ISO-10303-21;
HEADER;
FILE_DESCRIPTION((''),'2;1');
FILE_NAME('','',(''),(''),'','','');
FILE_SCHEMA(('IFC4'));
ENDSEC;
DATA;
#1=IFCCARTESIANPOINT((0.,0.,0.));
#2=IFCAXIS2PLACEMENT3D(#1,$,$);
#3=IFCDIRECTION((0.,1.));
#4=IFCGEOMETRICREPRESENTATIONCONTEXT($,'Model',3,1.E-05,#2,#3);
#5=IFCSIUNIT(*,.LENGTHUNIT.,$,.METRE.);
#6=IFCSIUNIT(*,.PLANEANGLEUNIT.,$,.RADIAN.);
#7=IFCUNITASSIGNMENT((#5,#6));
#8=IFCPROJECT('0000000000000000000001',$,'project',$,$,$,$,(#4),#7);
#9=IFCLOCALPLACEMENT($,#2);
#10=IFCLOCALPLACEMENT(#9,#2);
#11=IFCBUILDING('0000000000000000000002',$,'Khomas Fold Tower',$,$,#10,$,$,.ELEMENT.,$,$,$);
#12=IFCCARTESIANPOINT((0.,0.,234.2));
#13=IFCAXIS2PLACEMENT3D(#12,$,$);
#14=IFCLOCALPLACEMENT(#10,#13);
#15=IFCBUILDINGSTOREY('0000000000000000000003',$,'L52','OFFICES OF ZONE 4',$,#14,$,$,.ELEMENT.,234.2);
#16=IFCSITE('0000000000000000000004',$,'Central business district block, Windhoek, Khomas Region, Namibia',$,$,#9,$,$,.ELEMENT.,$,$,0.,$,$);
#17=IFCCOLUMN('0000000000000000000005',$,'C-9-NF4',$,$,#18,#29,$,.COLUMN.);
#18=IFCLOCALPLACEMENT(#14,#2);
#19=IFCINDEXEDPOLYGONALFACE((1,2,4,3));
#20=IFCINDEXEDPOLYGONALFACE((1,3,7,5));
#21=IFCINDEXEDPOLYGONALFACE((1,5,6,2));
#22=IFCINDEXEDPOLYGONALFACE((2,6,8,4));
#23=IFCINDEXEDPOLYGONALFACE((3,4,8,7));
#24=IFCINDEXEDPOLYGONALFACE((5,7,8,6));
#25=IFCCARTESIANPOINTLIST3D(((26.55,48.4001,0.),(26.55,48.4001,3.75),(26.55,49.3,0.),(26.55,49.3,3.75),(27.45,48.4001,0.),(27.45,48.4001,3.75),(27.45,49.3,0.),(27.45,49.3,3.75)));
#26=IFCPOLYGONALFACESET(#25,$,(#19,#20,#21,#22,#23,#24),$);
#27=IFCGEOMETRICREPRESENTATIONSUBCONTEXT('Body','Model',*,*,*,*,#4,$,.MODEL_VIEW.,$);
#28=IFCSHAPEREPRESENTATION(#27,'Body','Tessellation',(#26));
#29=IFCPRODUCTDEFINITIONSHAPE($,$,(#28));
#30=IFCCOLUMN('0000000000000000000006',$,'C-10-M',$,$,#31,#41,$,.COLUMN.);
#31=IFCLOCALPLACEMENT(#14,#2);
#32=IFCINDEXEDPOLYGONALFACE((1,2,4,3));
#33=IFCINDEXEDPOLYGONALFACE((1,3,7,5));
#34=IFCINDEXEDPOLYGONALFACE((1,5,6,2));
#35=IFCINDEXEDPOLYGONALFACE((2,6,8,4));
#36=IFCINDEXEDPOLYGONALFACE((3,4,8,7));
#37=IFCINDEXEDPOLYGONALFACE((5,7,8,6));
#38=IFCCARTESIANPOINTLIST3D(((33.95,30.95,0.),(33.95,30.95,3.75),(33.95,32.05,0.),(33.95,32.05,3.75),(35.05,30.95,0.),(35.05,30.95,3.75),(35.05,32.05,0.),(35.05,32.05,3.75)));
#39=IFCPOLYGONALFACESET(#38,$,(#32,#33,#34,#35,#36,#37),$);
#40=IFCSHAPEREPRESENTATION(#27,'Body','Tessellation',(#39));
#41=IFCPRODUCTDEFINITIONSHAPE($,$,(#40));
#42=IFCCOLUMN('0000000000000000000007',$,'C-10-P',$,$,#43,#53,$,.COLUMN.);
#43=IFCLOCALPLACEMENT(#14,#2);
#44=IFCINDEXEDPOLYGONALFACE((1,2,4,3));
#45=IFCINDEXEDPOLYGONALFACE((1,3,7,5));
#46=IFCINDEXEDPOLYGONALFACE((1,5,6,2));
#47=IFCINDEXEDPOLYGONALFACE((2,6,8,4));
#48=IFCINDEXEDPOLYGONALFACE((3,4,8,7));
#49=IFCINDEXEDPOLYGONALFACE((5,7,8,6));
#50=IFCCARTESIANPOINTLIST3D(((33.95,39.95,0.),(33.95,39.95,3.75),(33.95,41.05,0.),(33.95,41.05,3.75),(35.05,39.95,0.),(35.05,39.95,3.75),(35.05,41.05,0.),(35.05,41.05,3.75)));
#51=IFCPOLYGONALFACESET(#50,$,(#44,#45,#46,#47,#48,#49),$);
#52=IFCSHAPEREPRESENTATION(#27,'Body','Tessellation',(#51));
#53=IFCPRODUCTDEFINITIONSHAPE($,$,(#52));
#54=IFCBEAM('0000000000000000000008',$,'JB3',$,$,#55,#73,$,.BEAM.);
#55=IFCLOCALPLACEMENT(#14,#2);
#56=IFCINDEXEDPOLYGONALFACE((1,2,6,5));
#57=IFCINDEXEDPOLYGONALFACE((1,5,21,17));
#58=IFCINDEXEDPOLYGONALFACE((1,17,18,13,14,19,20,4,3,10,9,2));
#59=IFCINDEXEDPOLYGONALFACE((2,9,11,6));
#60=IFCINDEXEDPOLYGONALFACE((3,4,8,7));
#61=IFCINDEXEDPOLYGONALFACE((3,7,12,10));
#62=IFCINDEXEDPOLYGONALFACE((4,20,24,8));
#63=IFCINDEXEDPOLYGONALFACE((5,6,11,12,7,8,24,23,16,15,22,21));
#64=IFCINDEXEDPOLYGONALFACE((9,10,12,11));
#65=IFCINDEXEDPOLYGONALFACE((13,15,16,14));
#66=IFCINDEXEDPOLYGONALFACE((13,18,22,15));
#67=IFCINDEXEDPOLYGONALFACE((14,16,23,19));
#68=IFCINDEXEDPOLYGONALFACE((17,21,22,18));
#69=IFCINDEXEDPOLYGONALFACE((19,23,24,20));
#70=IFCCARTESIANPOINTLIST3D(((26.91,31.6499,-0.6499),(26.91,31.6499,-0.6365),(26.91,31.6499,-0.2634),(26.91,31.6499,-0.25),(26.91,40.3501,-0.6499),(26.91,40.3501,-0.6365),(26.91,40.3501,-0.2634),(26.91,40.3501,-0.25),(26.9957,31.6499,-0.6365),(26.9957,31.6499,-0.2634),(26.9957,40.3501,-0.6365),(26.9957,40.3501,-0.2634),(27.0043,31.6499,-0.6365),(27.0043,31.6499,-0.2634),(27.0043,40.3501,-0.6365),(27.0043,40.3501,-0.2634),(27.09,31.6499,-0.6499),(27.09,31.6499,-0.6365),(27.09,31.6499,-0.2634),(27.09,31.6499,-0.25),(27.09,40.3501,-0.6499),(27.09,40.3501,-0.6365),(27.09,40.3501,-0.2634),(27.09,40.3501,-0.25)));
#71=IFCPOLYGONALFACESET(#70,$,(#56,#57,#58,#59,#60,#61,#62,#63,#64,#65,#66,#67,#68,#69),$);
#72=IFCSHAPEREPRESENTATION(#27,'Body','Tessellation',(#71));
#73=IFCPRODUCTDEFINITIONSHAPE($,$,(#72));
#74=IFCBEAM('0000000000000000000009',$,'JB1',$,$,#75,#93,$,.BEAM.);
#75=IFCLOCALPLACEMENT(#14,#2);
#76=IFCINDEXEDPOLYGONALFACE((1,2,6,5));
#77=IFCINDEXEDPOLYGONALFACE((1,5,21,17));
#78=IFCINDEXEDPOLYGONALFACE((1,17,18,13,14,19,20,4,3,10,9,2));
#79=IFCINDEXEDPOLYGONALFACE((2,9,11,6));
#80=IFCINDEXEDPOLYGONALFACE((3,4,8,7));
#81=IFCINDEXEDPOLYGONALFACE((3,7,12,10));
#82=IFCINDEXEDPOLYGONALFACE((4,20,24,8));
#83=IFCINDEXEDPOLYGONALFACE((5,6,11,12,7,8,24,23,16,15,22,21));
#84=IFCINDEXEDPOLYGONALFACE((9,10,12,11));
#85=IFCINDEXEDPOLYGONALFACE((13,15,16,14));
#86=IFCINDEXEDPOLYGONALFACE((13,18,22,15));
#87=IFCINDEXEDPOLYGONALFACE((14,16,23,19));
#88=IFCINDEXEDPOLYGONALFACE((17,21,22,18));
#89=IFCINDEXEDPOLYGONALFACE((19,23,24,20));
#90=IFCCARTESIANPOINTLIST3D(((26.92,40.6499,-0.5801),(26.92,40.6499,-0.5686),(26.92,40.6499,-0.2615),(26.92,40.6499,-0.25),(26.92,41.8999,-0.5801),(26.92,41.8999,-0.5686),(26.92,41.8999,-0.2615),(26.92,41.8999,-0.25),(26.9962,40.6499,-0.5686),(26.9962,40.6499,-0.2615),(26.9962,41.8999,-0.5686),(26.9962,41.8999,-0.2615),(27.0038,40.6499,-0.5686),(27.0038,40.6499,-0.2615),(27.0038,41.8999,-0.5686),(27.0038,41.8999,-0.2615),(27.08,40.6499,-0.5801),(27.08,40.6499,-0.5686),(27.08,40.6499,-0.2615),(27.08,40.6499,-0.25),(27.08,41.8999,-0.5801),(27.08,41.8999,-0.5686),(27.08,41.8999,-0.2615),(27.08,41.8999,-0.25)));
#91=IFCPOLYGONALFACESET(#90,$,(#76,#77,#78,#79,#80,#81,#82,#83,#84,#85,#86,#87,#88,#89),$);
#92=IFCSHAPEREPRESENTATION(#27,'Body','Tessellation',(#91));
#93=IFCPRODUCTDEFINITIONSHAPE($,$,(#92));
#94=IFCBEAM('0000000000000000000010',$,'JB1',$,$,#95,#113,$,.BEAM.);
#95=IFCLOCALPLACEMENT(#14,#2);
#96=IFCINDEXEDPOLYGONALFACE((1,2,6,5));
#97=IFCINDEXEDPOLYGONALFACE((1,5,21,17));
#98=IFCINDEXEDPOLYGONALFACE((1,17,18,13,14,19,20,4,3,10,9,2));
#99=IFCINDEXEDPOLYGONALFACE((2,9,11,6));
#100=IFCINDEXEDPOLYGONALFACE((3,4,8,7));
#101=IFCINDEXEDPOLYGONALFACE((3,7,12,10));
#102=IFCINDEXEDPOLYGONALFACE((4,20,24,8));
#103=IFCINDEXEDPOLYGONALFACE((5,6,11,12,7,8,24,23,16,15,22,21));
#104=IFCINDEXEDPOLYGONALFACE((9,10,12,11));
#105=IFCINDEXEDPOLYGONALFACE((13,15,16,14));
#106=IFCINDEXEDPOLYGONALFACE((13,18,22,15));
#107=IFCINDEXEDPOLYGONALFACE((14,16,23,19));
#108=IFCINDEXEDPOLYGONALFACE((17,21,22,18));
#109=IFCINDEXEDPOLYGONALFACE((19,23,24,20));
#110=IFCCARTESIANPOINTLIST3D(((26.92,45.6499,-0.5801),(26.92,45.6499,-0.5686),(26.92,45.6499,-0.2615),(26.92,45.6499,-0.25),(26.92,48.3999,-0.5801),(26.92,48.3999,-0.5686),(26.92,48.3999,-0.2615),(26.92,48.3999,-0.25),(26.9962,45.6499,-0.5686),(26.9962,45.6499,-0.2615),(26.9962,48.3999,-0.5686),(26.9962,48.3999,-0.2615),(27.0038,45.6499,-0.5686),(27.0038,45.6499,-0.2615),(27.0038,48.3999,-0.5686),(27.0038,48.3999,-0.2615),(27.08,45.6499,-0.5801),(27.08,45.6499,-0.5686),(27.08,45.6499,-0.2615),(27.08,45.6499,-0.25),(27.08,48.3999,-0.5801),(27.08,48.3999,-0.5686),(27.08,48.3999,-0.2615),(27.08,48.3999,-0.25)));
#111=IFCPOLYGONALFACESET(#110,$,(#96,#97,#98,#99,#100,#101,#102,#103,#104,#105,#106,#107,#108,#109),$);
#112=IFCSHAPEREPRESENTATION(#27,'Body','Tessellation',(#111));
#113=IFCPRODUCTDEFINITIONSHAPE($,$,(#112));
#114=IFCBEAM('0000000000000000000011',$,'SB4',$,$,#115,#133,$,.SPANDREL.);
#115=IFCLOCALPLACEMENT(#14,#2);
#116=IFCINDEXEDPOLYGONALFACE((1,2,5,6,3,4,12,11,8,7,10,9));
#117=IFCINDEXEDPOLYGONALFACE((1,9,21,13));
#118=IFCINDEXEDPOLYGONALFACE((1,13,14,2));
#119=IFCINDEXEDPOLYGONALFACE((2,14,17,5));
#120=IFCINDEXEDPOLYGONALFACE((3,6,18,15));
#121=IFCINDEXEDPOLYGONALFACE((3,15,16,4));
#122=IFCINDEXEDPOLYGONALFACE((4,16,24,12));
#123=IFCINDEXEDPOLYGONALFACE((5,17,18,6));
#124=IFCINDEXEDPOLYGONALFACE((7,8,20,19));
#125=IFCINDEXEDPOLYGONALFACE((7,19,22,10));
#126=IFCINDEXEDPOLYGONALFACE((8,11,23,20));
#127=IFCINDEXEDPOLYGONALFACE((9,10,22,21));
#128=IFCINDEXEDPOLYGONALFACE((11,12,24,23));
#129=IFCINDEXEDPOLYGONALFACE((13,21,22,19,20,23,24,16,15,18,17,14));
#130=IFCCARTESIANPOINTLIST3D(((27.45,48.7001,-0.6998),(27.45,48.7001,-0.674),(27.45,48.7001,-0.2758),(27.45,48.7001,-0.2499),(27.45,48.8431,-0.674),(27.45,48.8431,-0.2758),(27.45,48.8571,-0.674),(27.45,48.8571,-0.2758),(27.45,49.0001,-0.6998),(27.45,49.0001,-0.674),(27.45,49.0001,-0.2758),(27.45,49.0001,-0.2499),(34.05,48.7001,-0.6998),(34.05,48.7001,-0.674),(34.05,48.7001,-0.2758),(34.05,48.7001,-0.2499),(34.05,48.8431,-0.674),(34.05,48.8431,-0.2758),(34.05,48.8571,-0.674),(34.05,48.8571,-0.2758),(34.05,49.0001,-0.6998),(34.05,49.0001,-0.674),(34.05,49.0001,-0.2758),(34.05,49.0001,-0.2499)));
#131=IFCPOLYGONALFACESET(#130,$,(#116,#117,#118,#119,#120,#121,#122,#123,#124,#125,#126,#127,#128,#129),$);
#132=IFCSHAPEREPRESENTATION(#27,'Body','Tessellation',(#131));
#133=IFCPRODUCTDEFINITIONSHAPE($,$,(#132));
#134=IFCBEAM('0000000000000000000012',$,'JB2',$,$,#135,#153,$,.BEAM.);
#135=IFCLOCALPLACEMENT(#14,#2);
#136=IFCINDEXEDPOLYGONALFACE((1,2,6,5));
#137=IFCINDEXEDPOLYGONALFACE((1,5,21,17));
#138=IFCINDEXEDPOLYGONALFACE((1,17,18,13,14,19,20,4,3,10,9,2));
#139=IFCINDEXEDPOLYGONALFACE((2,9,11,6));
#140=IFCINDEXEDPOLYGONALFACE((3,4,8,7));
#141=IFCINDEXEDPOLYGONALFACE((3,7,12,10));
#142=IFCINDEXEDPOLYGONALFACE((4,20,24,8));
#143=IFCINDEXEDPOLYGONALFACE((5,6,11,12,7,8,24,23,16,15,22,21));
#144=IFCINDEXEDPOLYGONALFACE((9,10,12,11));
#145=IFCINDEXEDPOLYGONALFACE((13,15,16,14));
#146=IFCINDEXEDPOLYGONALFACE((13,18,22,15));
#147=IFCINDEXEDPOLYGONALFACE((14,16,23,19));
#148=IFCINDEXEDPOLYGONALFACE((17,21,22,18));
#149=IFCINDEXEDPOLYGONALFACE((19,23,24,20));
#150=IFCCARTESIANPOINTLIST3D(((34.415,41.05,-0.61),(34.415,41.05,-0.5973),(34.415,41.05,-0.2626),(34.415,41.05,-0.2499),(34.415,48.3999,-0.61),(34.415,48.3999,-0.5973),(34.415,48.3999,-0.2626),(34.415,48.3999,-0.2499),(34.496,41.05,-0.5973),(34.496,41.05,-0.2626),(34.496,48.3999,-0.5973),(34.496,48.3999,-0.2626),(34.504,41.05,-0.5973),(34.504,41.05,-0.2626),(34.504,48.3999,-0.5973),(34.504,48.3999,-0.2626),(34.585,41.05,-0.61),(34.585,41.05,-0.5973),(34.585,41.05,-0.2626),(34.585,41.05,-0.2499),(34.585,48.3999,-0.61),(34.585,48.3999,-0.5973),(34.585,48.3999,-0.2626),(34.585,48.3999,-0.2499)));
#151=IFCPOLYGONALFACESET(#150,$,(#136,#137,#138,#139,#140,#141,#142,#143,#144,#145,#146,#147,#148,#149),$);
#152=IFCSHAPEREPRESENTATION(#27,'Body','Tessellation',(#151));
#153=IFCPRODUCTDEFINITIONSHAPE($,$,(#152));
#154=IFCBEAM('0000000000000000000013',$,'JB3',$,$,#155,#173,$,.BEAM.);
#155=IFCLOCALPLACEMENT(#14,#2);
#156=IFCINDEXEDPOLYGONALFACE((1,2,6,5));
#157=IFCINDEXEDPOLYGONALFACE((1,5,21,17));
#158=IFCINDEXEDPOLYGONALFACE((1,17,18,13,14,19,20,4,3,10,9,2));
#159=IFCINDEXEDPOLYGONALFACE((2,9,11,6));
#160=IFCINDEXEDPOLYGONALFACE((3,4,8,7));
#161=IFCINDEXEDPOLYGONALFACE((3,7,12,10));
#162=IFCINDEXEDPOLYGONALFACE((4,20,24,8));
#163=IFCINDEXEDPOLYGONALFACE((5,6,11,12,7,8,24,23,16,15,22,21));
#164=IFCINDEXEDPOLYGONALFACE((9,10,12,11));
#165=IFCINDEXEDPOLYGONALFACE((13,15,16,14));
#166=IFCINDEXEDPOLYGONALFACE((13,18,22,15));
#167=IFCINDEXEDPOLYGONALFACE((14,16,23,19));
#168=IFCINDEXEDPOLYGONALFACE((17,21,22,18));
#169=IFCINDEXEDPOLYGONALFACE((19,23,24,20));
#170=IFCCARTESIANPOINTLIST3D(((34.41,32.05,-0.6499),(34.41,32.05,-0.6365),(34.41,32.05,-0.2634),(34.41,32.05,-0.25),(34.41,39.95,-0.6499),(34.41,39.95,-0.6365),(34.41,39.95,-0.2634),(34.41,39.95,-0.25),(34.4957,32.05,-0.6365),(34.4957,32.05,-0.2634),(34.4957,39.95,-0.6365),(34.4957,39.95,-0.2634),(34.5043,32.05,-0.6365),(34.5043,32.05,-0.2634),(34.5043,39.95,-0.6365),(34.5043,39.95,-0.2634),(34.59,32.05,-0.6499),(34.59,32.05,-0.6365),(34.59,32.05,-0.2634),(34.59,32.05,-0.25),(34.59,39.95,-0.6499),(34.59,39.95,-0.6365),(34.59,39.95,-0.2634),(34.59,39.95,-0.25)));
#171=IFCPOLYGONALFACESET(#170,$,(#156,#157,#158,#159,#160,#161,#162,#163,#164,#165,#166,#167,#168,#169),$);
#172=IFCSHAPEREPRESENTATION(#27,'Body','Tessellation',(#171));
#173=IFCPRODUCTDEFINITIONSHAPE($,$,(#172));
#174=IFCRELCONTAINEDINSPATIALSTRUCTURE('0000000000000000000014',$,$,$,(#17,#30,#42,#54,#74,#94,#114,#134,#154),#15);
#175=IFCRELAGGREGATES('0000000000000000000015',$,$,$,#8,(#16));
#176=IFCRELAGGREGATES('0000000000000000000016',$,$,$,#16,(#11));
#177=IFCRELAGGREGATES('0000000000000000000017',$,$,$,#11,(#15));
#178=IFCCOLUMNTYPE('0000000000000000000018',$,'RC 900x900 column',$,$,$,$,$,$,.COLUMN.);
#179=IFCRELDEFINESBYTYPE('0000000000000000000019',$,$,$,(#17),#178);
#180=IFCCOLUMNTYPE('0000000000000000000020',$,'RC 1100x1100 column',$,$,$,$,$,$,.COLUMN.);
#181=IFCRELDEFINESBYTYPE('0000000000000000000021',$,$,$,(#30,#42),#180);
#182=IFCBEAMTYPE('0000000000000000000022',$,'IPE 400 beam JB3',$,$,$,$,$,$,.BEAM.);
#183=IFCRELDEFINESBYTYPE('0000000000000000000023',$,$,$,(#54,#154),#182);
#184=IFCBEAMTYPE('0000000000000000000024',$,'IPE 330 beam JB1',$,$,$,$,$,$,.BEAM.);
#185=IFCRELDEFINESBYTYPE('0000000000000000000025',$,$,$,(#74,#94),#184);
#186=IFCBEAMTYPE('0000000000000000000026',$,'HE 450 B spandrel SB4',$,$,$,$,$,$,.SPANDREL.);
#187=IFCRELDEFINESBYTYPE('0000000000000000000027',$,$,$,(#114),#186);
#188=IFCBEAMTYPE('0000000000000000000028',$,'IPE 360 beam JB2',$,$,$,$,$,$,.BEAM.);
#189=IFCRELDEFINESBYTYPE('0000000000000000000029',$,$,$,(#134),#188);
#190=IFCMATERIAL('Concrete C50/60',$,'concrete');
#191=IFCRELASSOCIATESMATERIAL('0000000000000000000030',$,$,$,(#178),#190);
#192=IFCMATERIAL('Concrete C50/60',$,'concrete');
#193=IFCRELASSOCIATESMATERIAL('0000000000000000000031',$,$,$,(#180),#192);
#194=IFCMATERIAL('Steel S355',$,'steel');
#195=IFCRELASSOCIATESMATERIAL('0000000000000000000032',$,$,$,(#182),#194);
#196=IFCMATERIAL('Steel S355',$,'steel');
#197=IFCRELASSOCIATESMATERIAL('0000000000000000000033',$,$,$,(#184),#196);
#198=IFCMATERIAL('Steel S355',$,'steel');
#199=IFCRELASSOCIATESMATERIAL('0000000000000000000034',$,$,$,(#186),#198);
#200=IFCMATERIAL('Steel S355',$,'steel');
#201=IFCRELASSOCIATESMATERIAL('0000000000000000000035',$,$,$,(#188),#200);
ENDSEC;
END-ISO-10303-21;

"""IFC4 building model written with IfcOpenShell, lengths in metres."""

from ifc_helpers import new_model, si_unit, direction, frame, origin, origin_2d, place, context, subcontext, project, spatial, rectangle, i_section, extrude, source, transform, mapped, material, material_profile, profile_set, type_object, element, save


model = new_model("IFC4")

# Units and contexts
model_context = context("Model", 3, precision=1e-05, world=origin(), true_north=direction((0.0, 1.0)))
body_context = subcontext(model_context, "Body", "Model", "MODEL_VIEW")
ifc_project = project(units=[si_unit("LENGTHUNIT", "METRE"), si_unit("PLANEANGLEUNIT", "RADIAN")], contexts=[model_context])

# Site, building, storey
site_placement = place(None, origin())
site = spatial("IfcSite", under=ifc_project, at=site_placement, Name="Central business district block, Windhoek, Khomas Region, Namibia", CompositionType="ELEMENT", RefElevation=0.0)
building_placement = place(site_placement, origin())
building = spatial("IfcBuilding", under=site, at=building_placement, Name="Khomas Fold Tower", CompositionType="ELEMENT")
storey_placement = place(building_placement, frame((0.0, 0.0, 234.2)))
storey = spatial("IfcBuildingStorey", under=building, at=storey_placement, Name="L52", Description="OFFICES OF ZONE 4", CompositionType="ELEMENT", Elevation=234.2)

# Columns
ifc_material_1 = material(Name="Concrete C50/60", Category="concrete")
ifc_material_profile_1 = material_profile(ifc_material_1, rectangle(XDim=0.8999, YDim=0.8999, at=origin_2d()), Name="RC 900x900")
ifc_profile_set_1 = profile_set([ifc_material_profile_1], Name="Concrete C50/60")
column_type_1 = type_object("IfcColumnType", Name="RC 900x900 column", PredefinedType="COLUMN", material=ifc_profile_set_1)
shared_shape_1 = source(origin(), body_context, "Body", "SweptSolid", [
    extrude(rectangle(XDim=0.8999, YDim=0.8999, at=origin_2d()), origin(), (0.0, 0.0, 1.0), 3.75),
])
column_placement = place(storey_placement, frame((27.0, 48.8501, 0.0), z_axis=(0.0, 0.0, 1.0), x_axis=(1.0, 0.0, 0.0)))
element("IfcColumn", 1, at=column_placement, inside=storey, type_object=column_type_1, Name="C-9-NF4", PredefinedType="COLUMN", context=body_context, shape_type="MappedRepresentation", body=[
    mapped(shared_shape_1, transform((0.0, 0.0, 0.0))),
])
ifc_material_2 = material(Name="Concrete C50/60", Category="concrete")
ifc_material_profile_2 = material_profile(ifc_material_2, rectangle(XDim=1.1001, YDim=1.1001, at=origin_2d()), Name="RC 1100x1100")
ifc_profile_set_2 = profile_set([ifc_material_profile_2], Name="Concrete C50/60")
column_type_2 = type_object("IfcColumnType", Name="RC 1100x1100 column", PredefinedType="COLUMN", material=ifc_profile_set_2)
shared_shape_2 = source(origin(), body_context, "Body", "SweptSolid", [
    extrude(rectangle(XDim=1.1001, YDim=1.1001, at=origin_2d()), origin(), (0.0, 0.0, 1.0), 3.75),
])
for number, where, z_axis, x_axis, name in (
    (2, (34.5, 31.5, 0.0), (0.0, 0.0, 1.0), (1.0, 0.0, 0.0), "C-10-M"),
    (3, (34.5, 40.5, 0.0), (0.0, 0.0, 1.0), (1.0, 0.0, 0.0), "C-10-P"),
):
    element("IfcColumn", number, at=place(storey_placement, frame(where, z_axis=z_axis, x_axis=x_axis)), inside=storey, type_object=column_type_2, Name=name, PredefinedType="COLUMN", context=body_context, shape_type="MappedRepresentation", body=[
        mapped(shared_shape_2, transform((0.0, 0.0, 0.0))),
    ])

# Beams
ifc_material_3 = material(Name="Steel S355", Category="steel")
ifc_material_profile_3 = material_profile(ifc_material_3, i_section(OverallWidth=0.1799, OverallDepth=0.3999, WebThickness=0.0085, FlangeThickness=0.0134, at=origin_2d()), Name="IPE 400")
ifc_profile_set_3 = profile_set([ifc_material_profile_3], Name="Steel S355")
beam_type_1 = type_object("IfcBeamType", Name="IPE 400 beam JB3", PredefinedType="BEAM", material=ifc_profile_set_3)
shared_shape_3 = source(origin(), body_context, "Body", "SweptSolid", [
    extrude(i_section(OverallWidth=0.1799, OverallDepth=0.3999, WebThickness=0.0085, FlangeThickness=0.0134, at=origin_2d()), origin(), (0.0, 0.0, 1.0), 8.7002),
])
beam_1_placement = place(storey_placement, frame((27.0, 31.6499, -0.45), z_axis=(0.0, 1.0, 0.0), x_axis=(-1.0, 0.0, 0.0)))
element("IfcBeam", 4, at=beam_1_placement, inside=storey, type_object=beam_type_1, Name="JB3", PredefinedType="BEAM", context=body_context, shape_type="MappedRepresentation", body=[
    mapped(shared_shape_3, transform((0.0, 0.0, 0.0))),
])
ifc_material_4 = material(Name="Steel S355", Category="steel")
ifc_material_profile_4 = material_profile(ifc_material_4, i_section(OverallWidth=0.1599, OverallDepth=0.3301, WebThickness=0.0076, FlangeThickness=0.0115, at=origin_2d()), Name="IPE 330")
ifc_profile_set_4 = profile_set([ifc_material_profile_4], Name="Steel S355")
beam_type_2 = type_object("IfcBeamType", Name="IPE 330 beam JB1", PredefinedType="BEAM", material=ifc_profile_set_4)
shared_shape_4 = source(origin(), body_context, "Body", "SweptSolid", [
    extrude(i_section(OverallWidth=0.1599, OverallDepth=0.3301, WebThickness=0.0076, FlangeThickness=0.0115, at=origin_2d()), origin(), (0.0, 0.0, 1.0), 1.25),
])
beam_2_placement = place(storey_placement, frame((27.0, 40.6499, -0.415), z_axis=(0.0, 1.0, 0.0), x_axis=(-1.0, 0.0, 0.0)))
element("IfcBeam", 5, at=beam_2_placement, inside=storey, type_object=beam_type_2, Name="JB1", PredefinedType="BEAM", context=body_context, shape_type="MappedRepresentation", body=[
    mapped(shared_shape_4, transform((0.0, 0.0, 0.0))),
])
shared_shape_5 = source(origin(), body_context, "Body", "SweptSolid", [
    extrude(i_section(OverallWidth=0.1599, OverallDepth=0.3301, WebThickness=0.0076, FlangeThickness=0.0115, at=origin_2d()), origin(), (0.0, 0.0, 1.0), 2.75),
])
beam_3_placement = place(storey_placement, frame((27.0, 45.6499, -0.415), z_axis=(0.0, 1.0, 0.0), x_axis=(-1.0, 0.0, 0.0)))
element("IfcBeam", 6, at=beam_3_placement, inside=storey, type_object=beam_type_2, Name="JB1", PredefinedType="BEAM", context=body_context, shape_type="MappedRepresentation", body=[
    mapped(shared_shape_5, transform((0.0, 0.0, 0.0))),
])
ifc_material_5 = material(Name="Steel S355", Category="steel")
ifc_material_profile_5 = material_profile(ifc_material_5, i_section(OverallWidth=0.3, OverallDepth=0.45, WebThickness=0.0139, FlangeThickness=0.0259, at=origin_2d()), Name="HE 450 B")
ifc_profile_set_5 = profile_set([ifc_material_profile_5], Name="Steel S355")
beam_type_3 = type_object("IfcBeamType", Name="HE 450 B spandrel SB4", PredefinedType="SPANDREL", material=ifc_profile_set_5)
shared_shape_6 = source(origin(), body_context, "Body", "SweptSolid", [
    extrude(i_section(OverallWidth=0.3, OverallDepth=0.45, WebThickness=0.0139, FlangeThickness=0.0259, at=origin_2d()), origin(), (0.0, 0.0, 1.0), 6.6001),
])
beam_4_placement = place(storey_placement, frame((27.45, 48.8501, -0.4749), z_axis=(1.0, 0.0, 0.0), x_axis=(0.0, 1.0, 0.0)))
element("IfcBeam", 7, at=beam_4_placement, inside=storey, type_object=beam_type_3, Name="SB4", PredefinedType="SPANDREL", context=body_context, shape_type="MappedRepresentation", body=[
    mapped(shared_shape_6, transform((0.0, 0.0, 0.0))),
])
ifc_material_6 = material(Name="Steel S355", Category="steel")
ifc_material_profile_6 = material_profile(ifc_material_6, i_section(OverallWidth=0.1699, OverallDepth=0.3601, WebThickness=0.0081, FlangeThickness=0.0127, at=origin_2d()), Name="IPE 360")
ifc_profile_set_6 = profile_set([ifc_material_profile_6], Name="Steel S355")
beam_type_4 = type_object("IfcBeamType", Name="IPE 360 beam JB2", PredefinedType="BEAM", material=ifc_profile_set_6)
shared_shape_7 = source(origin(), body_context, "Body", "SweptSolid", [
    extrude(i_section(OverallWidth=0.1699, OverallDepth=0.3601, WebThickness=0.0081, FlangeThickness=0.0127, at=origin_2d()), origin(), (0.0, 0.0, 1.0), 7.3499),
])
beam_5_placement = place(storey_placement, frame((34.5, 41.05, -0.4299), z_axis=(0.0, 1.0, 0.0), x_axis=(-1.0, 0.0, 0.0)))
element("IfcBeam", 8, at=beam_5_placement, inside=storey, type_object=beam_type_4, Name="JB2", PredefinedType="BEAM", context=body_context, shape_type="MappedRepresentation", body=[
    mapped(shared_shape_7, transform((0.0, 0.0, 0.0))),
])
shared_shape_8 = source(origin(), body_context, "Body", "SweptSolid", [
    extrude(i_section(OverallWidth=0.1799, OverallDepth=0.3999, WebThickness=0.0085, FlangeThickness=0.0134, at=origin_2d()), origin(), (0.0, 0.0, 1.0), 7.8999),
])
beam_6_placement = place(storey_placement, frame((34.5, 32.05, -0.45), z_axis=(0.0, 1.0, 0.0), x_axis=(-1.0, 0.0, 0.0)))
element("IfcBeam", 9, at=beam_6_placement, inside=storey, type_object=beam_type_1, Name="JB3", PredefinedType="BEAM", context=body_context, shape_type="MappedRepresentation", body=[
    mapped(shared_shape_8, transform((0.0, 0.0, 0.0))),
])

save(model, "model.ifc")
